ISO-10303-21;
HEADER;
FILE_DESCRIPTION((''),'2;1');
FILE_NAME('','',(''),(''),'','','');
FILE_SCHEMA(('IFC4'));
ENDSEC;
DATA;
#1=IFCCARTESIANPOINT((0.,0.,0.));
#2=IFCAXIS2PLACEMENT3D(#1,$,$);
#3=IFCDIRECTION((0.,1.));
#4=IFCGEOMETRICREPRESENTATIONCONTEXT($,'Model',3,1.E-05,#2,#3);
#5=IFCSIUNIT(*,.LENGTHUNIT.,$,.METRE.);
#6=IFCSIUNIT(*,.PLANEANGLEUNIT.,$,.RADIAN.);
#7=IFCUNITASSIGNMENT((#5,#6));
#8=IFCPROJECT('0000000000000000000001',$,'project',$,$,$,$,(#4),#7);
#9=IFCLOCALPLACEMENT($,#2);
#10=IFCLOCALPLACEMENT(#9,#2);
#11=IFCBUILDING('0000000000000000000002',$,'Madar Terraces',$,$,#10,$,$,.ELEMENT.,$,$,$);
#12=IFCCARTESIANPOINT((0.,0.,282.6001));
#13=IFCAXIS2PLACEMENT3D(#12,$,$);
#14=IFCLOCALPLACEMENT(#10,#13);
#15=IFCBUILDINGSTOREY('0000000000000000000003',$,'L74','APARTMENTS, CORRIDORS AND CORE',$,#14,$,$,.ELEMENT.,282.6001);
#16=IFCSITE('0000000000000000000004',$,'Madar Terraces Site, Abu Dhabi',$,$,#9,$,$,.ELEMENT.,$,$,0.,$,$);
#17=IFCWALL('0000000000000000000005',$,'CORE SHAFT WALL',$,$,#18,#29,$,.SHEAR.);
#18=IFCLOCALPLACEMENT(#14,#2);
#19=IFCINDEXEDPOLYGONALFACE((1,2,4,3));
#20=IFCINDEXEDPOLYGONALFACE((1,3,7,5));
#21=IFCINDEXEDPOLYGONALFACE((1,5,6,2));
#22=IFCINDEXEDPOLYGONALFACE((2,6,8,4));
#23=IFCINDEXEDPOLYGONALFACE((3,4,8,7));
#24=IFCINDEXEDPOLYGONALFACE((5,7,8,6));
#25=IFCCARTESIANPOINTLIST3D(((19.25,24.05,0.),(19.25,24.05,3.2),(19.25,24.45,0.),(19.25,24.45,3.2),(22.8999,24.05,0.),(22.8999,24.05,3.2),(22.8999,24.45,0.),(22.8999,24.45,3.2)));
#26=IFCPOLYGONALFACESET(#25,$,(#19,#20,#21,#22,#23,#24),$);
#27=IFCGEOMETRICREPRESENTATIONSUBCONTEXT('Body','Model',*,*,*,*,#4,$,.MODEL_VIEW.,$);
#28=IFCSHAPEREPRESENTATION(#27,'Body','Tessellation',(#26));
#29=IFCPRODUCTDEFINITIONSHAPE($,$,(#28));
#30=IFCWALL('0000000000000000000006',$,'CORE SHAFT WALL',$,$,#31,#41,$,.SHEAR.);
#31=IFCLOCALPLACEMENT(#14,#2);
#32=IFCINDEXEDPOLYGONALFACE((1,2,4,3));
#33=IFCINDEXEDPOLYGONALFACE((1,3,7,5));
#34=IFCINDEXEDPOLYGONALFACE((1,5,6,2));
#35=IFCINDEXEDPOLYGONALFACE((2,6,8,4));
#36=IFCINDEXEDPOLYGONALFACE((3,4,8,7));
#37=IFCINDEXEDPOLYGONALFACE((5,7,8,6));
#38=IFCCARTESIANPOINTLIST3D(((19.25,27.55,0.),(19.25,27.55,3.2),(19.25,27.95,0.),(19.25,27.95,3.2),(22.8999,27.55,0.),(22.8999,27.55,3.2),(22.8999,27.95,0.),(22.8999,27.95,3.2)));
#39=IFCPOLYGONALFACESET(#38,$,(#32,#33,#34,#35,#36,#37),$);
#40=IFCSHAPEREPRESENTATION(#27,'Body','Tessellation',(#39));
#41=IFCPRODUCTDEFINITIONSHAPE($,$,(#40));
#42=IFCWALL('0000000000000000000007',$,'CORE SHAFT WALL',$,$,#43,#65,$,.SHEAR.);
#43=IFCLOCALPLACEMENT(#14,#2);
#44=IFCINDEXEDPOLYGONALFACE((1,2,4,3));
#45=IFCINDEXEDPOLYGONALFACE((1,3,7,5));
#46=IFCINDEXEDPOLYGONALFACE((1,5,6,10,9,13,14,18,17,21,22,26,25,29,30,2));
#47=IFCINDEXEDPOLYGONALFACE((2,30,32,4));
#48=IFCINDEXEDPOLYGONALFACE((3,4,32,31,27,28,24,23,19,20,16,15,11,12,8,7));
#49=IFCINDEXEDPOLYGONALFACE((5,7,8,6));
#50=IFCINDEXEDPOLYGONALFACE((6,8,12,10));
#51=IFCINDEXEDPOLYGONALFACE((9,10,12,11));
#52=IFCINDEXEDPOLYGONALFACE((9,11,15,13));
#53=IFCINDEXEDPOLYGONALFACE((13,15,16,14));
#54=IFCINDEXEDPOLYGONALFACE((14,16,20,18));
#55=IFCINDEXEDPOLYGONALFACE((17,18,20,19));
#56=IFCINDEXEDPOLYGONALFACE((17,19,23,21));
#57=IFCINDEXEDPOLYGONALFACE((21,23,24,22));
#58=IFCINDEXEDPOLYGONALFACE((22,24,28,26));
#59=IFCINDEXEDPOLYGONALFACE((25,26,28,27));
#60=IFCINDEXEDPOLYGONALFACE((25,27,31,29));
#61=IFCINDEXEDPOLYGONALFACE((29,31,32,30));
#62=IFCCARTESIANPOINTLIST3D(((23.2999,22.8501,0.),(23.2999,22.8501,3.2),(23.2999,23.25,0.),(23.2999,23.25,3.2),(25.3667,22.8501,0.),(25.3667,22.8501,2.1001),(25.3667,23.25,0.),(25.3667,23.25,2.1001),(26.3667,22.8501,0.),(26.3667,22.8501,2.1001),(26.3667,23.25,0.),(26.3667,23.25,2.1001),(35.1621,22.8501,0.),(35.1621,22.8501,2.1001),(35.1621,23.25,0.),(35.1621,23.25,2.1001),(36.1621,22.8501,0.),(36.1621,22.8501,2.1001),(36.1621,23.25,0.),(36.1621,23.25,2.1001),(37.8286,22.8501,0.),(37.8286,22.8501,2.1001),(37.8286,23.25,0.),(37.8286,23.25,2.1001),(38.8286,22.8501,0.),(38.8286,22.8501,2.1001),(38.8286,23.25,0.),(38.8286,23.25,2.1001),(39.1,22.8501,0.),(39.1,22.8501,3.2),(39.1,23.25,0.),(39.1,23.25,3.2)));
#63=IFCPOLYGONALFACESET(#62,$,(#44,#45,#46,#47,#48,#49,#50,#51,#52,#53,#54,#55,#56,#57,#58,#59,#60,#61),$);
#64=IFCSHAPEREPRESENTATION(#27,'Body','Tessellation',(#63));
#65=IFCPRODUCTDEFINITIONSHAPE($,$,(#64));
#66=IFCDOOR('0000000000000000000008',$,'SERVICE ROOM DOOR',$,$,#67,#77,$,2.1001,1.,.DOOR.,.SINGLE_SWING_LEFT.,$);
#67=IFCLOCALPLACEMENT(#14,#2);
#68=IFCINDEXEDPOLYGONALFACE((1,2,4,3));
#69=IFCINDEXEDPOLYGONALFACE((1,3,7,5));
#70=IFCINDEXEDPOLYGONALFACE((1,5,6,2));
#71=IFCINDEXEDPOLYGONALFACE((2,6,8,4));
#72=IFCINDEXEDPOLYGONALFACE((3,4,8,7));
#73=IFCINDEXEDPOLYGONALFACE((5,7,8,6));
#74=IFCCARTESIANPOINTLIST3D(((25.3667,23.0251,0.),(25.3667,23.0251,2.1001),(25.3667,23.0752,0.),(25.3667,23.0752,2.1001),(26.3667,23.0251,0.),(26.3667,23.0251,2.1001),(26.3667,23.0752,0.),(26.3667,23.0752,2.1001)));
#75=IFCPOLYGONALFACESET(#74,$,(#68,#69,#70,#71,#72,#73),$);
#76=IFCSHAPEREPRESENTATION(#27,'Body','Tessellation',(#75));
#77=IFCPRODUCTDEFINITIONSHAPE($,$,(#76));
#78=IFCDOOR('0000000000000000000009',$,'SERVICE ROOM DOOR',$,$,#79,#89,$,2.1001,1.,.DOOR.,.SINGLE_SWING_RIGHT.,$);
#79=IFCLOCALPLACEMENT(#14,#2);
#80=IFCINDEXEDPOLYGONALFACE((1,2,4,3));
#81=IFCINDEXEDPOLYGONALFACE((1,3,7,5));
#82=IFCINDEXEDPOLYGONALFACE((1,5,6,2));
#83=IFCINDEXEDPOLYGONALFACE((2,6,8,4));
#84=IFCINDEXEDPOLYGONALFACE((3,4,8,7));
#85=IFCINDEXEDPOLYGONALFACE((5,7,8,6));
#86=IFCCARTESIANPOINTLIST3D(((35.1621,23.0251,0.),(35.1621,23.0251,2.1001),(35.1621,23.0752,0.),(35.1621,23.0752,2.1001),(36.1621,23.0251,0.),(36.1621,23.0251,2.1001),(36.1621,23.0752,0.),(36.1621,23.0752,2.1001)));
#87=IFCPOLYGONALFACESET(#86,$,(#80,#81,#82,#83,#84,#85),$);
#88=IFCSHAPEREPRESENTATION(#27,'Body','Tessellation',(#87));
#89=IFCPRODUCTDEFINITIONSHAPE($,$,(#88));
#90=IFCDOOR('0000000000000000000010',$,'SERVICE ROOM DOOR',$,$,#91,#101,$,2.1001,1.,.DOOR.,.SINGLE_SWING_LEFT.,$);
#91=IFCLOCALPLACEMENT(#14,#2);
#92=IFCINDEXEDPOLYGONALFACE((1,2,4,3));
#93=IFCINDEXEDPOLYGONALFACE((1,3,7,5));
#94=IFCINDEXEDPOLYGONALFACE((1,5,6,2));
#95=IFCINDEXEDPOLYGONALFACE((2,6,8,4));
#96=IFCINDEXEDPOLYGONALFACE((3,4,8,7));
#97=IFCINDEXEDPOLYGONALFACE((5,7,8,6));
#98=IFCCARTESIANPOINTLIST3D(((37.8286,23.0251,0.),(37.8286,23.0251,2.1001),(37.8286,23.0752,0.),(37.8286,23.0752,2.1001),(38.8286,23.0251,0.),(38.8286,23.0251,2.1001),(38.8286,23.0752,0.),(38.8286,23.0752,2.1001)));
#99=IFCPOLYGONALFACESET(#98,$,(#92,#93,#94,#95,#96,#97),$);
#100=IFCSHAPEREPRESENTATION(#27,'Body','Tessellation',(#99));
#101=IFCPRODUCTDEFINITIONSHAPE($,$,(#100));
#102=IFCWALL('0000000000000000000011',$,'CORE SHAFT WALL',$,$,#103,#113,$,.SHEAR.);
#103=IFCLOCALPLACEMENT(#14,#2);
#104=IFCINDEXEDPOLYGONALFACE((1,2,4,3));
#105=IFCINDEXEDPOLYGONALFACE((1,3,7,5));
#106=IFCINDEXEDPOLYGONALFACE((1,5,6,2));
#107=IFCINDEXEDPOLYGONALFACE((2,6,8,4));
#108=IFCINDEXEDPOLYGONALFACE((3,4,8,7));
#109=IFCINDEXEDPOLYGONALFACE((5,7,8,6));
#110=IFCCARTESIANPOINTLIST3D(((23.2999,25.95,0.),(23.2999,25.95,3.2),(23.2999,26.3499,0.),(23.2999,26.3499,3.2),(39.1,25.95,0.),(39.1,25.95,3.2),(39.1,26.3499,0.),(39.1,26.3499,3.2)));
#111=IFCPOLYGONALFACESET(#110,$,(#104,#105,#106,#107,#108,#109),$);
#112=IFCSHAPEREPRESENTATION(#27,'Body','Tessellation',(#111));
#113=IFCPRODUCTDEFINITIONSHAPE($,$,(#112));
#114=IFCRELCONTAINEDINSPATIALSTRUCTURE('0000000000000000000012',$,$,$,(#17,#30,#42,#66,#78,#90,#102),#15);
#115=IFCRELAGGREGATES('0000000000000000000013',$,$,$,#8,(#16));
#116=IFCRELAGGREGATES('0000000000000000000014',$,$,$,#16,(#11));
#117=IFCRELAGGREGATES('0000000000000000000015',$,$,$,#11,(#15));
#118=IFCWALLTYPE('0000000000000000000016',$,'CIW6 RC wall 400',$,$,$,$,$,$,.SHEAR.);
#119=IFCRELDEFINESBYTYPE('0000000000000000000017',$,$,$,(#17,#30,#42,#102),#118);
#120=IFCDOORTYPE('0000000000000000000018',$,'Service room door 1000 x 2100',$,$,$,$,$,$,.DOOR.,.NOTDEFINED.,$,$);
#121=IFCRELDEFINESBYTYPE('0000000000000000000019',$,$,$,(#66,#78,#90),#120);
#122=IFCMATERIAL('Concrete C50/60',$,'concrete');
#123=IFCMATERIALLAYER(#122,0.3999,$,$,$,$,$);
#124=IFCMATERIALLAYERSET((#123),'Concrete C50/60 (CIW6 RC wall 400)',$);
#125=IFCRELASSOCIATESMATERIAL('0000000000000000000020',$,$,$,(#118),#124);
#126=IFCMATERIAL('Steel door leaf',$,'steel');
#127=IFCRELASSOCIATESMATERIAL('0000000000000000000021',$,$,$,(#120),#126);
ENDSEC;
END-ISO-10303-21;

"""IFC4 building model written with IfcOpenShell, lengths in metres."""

from ifc_helpers import new_model, si_unit, direction, frame, frame_2d, origin, place, context, subcontext, project, spatial, rectangle, extrude, material, layer, layer_set, type_object, element, fill, save


model = new_model("IFC4")

# Units and contexts
model_context = context("Model", 3, precision=1e-05, world=origin(), true_north=direction((0.0, 1.0)))
body_context = subcontext(model_context, "Body", "Model", "MODEL_VIEW")
ifc_project = project(units=[si_unit("LENGTHUNIT", "METRE"), si_unit("PLANEANGLEUNIT", "RADIAN")], contexts=[model_context])

# Site, building, storey
site_placement = place(None, origin())
site = spatial("IfcSite", under=ifc_project, at=site_placement, Name="Madar Terraces Site, Abu Dhabi", CompositionType="ELEMENT", RefElevation=0.0)
building_placement = place(site_placement, origin())
building = spatial("IfcBuilding", under=site, at=building_placement, Name="Madar Terraces", CompositionType="ELEMENT")
storey_placement = place(building_placement, frame((0.0, 0.0, 282.6001)))
storey = spatial("IfcBuildingStorey", under=building, at=storey_placement, Name="L74", Description="APARTMENTS, CORRIDORS AND CORE", CompositionType="ELEMENT", Elevation=282.6001)

# Walls
ifc_material_1 = material(Name="Concrete C50/60", Category="concrete")
ifc_layer_1 = layer(ifc_material_1, 0.3999)
ifc_layer_set_1 = layer_set([ifc_layer_1], Name="Concrete C50/60 (CIW6 RC wall 400)")
wall_type_1 = type_object("IfcWallType", Name="CIW6 RC wall 400", PredefinedType="SHEAR", material=ifc_layer_set_1)
for number, where, z_axis, x_axis, name in (
    (1, (19.25, 24.25, 0.0), (0.0, 0.0, 1.0), (1.0, 0.0, 0.0), "CORE SHAFT WALL"),
    (2, (19.25, 27.75, 0.0), (0.0, 0.0, 1.0), (1.0, 0.0, 0.0), "CORE SHAFT WALL"),
):
    element("IfcWall", number, at=place(storey_placement, frame(where, z_axis=z_axis, x_axis=x_axis)), inside=storey, type_object=wall_type_1, Name=name, PredefinedType="SHEAR", context=body_context, shape_type="SweptSolid", body=[
        extrude(rectangle(XDim=3.6499, YDim=0.3999, at=frame_2d((1.825, 0.0))), origin(), (0.0, 0.0, 1.0), 3.2),
    ])

# Wall, openings, doors
wall_1_placement = place(storey_placement, frame((23.3, 23.05, 0.0), z_axis=(0.0, 0.0, 1.0), x_axis=(1.0, 0.0, 0.0)))
wall_1 = element("IfcWall", 3, at=wall_1_placement, inside=storey, type_object=wall_type_1, Name="CORE SHAFT WALL", PredefinedType="SHEAR", context=body_context, shape_type="SweptSolid", body=[
    extrude(rectangle(XDim=15.8, YDim=0.3999, at=frame_2d((7.8999, 0.0))), origin(), (0.0, 0.0, 1.0), 3.2),
])
opening_1_placement = place(wall_1_placement, frame((2.0667, 0.0, 0.0)))
opening_1 = element("IfcOpeningElement", 4, at=opening_1_placement, cuts=wall_1, PredefinedType="OPENING", context=body_context, shape_type="SweptSolid", body=[
    extrude(rectangle(XDim=1.0, YDim=2.1001, at=frame_2d((0.5, 1.05))), frame((0.0, 0.21, 0.0), z_axis=(0.0, -1.0, 0.0), x_axis=(1.0, 0.0, 0.0)), (0.0, 0.0, 1.0), 0.4199),
])
opening_2_placement = place(wall_1_placement, frame((11.8621, 0.0, 0.0)))
opening_2 = element("IfcOpeningElement", 5, at=opening_2_placement, cuts=wall_1, PredefinedType="OPENING", context=body_context, shape_type="SweptSolid", body=[
    extrude(rectangle(XDim=1.0, YDim=2.1001, at=frame_2d((0.5, 1.05))), frame((0.0, 0.21, 0.0), z_axis=(0.0, -1.0, 0.0), x_axis=(1.0, 0.0, 0.0)), (0.0, 0.0, 1.0), 0.4199),
])
opening_3_placement = place(wall_1_placement, frame((14.5286, 0.0, 0.0)))
opening_3 = element("IfcOpeningElement", 6, at=opening_3_placement, cuts=wall_1, PredefinedType="OPENING", context=body_context, shape_type="SweptSolid", body=[
    extrude(rectangle(XDim=1.0, YDim=2.1001, at=frame_2d((0.5, 1.05))), frame((0.0, 0.21, 0.0), z_axis=(0.0, -1.0, 0.0), x_axis=(1.0, 0.0, 0.0)), (0.0, 0.0, 1.0), 0.4199),
])
ifc_material_2 = material(Name="Steel door leaf", Category="steel")
door_type_1 = type_object("IfcDoorType", Name="Service room door 1000 x 2100", OperationType="NOTDEFINED", PredefinedType="DOOR", material=ifc_material_2)
door_1_placement = place(opening_1_placement, frame((1.0, 0.0, 0.0), z_axis=(0.0, 0.0, 1.0), x_axis=(-1.0, 0.0, 0.0)))
door_1 = element("IfcDoor", 7, at=door_1_placement, inside=storey, type_object=door_type_1, Name="SERVICE ROOM DOOR", OperationType="SINGLE_SWING_LEFT", OverallHeight=2.1001, OverallWidth=1.0, PredefinedType="DOOR", context=body_context, shape_type="SweptSolid", body=[
    extrude(rectangle(XDim=1.0, YDim=2.1001, at=frame_2d((0.5, 1.05))), frame((0.0, 0.0249, 0.0), z_axis=(0.0, -1.0, 0.0), x_axis=(1.0, 0.0, 0.0)), (0.0, 0.0, 1.0), 0.05),
])
fill(opening_1, door_1)
door_2_placement = place(opening_2_placement, frame((1.0, 0.0, 0.0), z_axis=(0.0, 0.0, 1.0), x_axis=(-1.0, 0.0, 0.0)))
door_2 = element("IfcDoor", 8, at=door_2_placement, inside=storey, type_object=door_type_1, Name="SERVICE ROOM DOOR", OperationType="SINGLE_SWING_RIGHT", OverallHeight=2.1001, OverallWidth=1.0, PredefinedType="DOOR", context=body_context, shape_type="SweptSolid", body=[
    extrude(rectangle(XDim=1.0, YDim=2.1001, at=frame_2d((0.5, 1.05))), frame((0.0, 0.0249, 0.0), z_axis=(0.0, -1.0, 0.0), x_axis=(1.0, 0.0, 0.0)), (0.0, 0.0, 1.0), 0.05),
])
fill(opening_2, door_2)
door_3_placement = place(opening_3_placement, frame((1.0, 0.0, 0.0), z_axis=(0.0, 0.0, 1.0), x_axis=(-1.0, 0.0, 0.0)))
door_3 = element("IfcDoor", 9, at=door_3_placement, inside=storey, type_object=door_type_1, Name="SERVICE ROOM DOOR", OperationType="SINGLE_SWING_LEFT", OverallHeight=2.1001, OverallWidth=1.0, PredefinedType="DOOR", context=body_context, shape_type="SweptSolid", body=[
    extrude(rectangle(XDim=1.0, YDim=2.1001, at=frame_2d((0.5, 1.05))), frame((0.0, 0.0249, 0.0), z_axis=(0.0, -1.0, 0.0), x_axis=(1.0, 0.0, 0.0)), (0.0, 0.0, 1.0), 0.05),
])
fill(opening_3, door_3)

# Wall
wall_2_placement = place(storey_placement, frame((23.3, 26.1499, 0.0), z_axis=(0.0, 0.0, 1.0), x_axis=(1.0, 0.0, 0.0)))
element("IfcWall", 10, at=wall_2_placement, inside=storey, type_object=wall_type_1, Name="CORE SHAFT WALL", PredefinedType="SHEAR", context=body_context, shape_type="SweptSolid", body=[
    extrude(rectangle(XDim=15.8, YDim=0.3999, at=frame_2d((7.8999, 0.0))), origin(), (0.0, 0.0, 1.0), 3.2),
])

save(model, "model.ifc")
